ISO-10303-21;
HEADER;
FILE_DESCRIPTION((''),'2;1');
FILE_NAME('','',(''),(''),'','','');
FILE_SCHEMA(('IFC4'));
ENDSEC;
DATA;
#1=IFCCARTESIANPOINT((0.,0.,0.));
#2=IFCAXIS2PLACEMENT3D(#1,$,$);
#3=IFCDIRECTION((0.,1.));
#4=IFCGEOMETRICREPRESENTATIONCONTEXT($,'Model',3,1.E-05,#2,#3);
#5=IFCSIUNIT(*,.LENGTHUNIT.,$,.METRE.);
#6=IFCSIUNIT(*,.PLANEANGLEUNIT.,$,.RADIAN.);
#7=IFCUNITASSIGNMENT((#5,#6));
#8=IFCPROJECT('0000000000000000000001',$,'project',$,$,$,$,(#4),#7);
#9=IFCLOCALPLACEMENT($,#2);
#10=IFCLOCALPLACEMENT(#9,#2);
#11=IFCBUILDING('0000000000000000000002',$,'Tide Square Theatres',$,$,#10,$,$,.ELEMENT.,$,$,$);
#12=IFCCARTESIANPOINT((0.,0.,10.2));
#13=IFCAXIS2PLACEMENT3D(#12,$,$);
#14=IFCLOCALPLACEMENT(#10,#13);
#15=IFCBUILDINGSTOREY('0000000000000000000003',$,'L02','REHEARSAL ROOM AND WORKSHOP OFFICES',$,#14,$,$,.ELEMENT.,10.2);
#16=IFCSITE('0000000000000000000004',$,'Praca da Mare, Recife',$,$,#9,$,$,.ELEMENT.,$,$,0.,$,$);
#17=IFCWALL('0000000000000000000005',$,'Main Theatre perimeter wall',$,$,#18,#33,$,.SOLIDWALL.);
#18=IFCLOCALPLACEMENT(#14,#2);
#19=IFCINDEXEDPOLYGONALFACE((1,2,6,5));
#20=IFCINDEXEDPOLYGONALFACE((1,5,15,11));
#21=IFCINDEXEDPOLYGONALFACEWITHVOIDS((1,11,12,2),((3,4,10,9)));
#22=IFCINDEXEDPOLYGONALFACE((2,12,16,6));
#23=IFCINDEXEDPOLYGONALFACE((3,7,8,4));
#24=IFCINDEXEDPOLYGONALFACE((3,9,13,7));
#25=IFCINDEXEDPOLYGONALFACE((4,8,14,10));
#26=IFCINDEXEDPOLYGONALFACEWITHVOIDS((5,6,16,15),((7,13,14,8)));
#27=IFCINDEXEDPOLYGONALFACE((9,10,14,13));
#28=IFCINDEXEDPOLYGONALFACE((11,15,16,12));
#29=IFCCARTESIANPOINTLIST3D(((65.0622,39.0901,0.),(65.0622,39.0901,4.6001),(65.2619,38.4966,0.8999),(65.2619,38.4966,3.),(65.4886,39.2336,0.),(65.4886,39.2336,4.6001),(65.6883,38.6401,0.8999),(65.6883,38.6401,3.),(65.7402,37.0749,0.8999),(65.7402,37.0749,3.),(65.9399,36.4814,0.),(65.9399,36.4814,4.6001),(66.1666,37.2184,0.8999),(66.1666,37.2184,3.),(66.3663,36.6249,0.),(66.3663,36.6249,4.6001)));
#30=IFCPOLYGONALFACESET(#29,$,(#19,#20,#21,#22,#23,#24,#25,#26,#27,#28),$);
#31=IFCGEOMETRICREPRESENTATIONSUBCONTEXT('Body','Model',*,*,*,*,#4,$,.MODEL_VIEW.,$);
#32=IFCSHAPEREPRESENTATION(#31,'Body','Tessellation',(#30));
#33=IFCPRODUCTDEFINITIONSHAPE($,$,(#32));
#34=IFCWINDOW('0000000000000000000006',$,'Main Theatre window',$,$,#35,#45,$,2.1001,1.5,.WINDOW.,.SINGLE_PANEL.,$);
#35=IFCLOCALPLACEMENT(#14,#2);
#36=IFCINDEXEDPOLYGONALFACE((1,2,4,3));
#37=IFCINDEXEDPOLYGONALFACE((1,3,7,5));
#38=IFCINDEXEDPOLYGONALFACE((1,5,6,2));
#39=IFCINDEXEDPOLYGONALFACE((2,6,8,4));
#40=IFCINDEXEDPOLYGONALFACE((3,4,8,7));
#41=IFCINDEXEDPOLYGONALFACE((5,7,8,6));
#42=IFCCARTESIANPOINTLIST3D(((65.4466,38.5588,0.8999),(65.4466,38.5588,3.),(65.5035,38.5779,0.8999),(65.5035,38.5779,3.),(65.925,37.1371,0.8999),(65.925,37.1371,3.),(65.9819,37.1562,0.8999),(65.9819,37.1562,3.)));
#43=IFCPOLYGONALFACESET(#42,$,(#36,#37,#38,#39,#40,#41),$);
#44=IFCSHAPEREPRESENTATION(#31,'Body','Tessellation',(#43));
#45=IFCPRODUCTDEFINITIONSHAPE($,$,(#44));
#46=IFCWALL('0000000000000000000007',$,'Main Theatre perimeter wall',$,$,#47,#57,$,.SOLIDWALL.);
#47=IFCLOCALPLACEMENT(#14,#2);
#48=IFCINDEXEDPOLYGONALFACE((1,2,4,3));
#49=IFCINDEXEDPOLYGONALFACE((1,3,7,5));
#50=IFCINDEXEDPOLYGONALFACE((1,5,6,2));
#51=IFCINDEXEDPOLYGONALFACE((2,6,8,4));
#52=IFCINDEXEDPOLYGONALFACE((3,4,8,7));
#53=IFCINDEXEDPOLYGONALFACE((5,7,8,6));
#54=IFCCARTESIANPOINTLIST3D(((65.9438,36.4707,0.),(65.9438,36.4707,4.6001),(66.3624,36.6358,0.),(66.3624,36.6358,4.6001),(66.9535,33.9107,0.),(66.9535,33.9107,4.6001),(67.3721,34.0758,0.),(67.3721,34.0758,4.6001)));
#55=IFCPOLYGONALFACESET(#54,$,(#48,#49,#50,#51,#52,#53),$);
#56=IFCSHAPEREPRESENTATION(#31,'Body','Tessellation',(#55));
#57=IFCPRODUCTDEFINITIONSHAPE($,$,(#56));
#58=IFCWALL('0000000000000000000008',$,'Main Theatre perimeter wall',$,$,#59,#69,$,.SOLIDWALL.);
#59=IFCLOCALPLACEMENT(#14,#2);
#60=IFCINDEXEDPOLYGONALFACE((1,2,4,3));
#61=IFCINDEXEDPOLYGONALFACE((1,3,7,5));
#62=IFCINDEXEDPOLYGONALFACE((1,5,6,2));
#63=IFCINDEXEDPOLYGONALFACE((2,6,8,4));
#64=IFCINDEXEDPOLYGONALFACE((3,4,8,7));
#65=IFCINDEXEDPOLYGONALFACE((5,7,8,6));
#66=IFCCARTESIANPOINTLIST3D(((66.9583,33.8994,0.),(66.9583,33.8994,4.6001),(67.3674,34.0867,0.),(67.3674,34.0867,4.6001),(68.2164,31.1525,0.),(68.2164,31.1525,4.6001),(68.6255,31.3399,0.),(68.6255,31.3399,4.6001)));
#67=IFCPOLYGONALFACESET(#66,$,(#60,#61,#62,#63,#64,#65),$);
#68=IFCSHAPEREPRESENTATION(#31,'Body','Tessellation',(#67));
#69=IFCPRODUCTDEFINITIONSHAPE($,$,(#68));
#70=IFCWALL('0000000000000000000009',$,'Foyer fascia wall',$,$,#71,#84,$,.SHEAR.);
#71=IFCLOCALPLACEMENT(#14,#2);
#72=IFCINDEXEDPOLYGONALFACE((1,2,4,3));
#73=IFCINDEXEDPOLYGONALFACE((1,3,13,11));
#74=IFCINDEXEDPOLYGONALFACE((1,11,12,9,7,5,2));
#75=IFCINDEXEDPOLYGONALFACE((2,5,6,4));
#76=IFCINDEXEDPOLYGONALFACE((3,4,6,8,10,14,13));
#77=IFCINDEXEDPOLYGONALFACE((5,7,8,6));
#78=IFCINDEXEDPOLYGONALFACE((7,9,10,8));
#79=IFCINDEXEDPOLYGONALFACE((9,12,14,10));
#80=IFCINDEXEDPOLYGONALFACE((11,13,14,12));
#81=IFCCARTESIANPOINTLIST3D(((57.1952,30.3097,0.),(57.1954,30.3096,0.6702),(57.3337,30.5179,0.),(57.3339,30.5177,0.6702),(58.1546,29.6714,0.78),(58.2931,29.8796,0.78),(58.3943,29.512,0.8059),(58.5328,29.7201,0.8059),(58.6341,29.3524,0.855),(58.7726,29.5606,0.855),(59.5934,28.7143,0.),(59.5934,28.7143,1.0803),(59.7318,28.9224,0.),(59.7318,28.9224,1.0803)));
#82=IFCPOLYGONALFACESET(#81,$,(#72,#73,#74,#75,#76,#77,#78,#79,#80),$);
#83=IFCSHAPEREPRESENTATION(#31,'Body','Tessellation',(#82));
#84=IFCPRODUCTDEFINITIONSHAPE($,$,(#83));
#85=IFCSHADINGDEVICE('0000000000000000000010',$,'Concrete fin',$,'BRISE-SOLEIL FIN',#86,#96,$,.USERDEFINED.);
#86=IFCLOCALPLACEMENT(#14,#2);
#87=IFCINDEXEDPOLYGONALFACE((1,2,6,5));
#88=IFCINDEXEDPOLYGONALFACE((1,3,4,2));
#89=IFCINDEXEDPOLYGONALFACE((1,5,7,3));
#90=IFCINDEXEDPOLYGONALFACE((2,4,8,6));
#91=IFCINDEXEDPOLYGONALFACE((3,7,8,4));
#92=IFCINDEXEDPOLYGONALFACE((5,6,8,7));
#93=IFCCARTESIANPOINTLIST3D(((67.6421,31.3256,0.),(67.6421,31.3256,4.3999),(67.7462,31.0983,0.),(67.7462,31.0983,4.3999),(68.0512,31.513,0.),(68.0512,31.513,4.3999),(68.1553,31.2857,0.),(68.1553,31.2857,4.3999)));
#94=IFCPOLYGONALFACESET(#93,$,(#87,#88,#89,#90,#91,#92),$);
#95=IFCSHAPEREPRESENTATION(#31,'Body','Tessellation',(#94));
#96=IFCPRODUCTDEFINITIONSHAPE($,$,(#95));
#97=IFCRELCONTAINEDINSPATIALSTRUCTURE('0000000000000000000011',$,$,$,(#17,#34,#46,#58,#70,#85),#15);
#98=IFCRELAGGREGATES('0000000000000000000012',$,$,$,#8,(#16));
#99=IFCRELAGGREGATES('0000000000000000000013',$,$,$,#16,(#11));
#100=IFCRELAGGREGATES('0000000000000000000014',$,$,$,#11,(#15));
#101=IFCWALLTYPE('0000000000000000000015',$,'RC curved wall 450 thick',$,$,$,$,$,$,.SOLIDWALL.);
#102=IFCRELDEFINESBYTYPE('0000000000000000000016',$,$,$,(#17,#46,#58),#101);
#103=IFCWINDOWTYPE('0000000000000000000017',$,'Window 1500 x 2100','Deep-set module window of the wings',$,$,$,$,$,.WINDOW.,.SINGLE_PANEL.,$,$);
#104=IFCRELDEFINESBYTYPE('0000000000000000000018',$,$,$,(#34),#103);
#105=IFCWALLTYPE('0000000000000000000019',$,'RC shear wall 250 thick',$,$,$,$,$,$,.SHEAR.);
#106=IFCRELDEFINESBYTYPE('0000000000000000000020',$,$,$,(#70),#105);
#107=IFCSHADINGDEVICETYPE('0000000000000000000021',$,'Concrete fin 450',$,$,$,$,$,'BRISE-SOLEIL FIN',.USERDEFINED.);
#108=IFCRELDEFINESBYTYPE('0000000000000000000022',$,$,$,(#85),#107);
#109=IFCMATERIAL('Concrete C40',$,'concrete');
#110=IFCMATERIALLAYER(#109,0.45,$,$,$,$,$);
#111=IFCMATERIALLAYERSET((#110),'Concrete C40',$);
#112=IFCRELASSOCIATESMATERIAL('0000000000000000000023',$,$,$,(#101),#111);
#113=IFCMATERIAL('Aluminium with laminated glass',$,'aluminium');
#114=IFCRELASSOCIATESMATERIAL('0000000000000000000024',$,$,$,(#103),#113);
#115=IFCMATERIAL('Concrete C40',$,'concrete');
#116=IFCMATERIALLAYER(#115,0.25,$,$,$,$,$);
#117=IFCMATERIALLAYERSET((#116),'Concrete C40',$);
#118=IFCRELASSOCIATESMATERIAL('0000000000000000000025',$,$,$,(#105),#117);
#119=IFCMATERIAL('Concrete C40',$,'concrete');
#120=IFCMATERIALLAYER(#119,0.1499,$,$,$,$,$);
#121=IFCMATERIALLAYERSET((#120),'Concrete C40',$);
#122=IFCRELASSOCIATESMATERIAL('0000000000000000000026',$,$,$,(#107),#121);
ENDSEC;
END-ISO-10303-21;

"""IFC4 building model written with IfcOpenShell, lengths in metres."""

from ifc_helpers import new_model, si_unit, direction, frame, frame_2d, origin, origin_2d, place, context, subcontext, project, spatial, polyline, rectangle, outline, extrude, material, layer, layer_set, type_object, element, fill, save


model = new_model("IFC4")

# Units and contexts
model_context = context("Model", 3, precision=1e-05, world=origin(), true_north=direction((0.0, 1.0)))
body_context = subcontext(model_context, "Body", "Model", "MODEL_VIEW")
ifc_project = project(units=[si_unit("LENGTHUNIT", "METRE"), si_unit("PLANEANGLEUNIT", "RADIAN")], contexts=[model_context])

# Site, building, storey
site_placement = place(None, origin())
site = spatial("IfcSite", under=ifc_project, at=site_placement, Name="Praca da Mare, Recife", CompositionType="ELEMENT", RefElevation=0.0)
building_placement = place(site_placement, origin())
building = spatial("IfcBuilding", under=site, at=building_placement, Name="Tide Square Theatres", CompositionType="ELEMENT")
storey_placement = place(building_placement, frame((0.0, 0.0, 10.2)))
storey = spatial("IfcBuildingStorey", under=building, at=storey_placement, Name="L02", Description="REHEARSAL ROOM AND WORKSHOP OFFICES", CompositionType="ELEMENT", Elevation=10.2)

# Wall, opening, window
ifc_material_1 = material(Name="Concrete C40", Category="concrete")
ifc_layer_1 = layer(ifc_material_1, 0.45)
ifc_layer_set_1 = layer_set([ifc_layer_1], Name="Concrete C40")
wall_type_1 = type_object("IfcWallType", Name="RC curved wall 450 thick", PredefinedType="SOLIDWALL", material=ifc_layer_set_1)
ifc_material_2 = material(Name="Aluminium with laminated glass", Category="aluminium")
window_type = type_object("IfcWindowType", Name="Window 1500 x 2100", Description="Deep-set module window of the wings", PartitioningType="SINGLE_PANEL", PredefinedType="WINDOW", material=ifc_material_2)
wall_1_placement = place(storey_placement, frame((65.2754, 39.1619, 0.0), z_axis=(0.0, 0.0, 1.0), x_axis=(0.318888, -0.947793, 0.0)))
wall_1 = element("IfcWall", 1, at=wall_1_placement, inside=storey, type_object=wall_type_1, Name="Main Theatre perimeter wall", PredefinedType="SOLIDWALL", context=body_context, shape_type="SweptSolid", body=[
    extrude(rectangle(XDim=2.7524, YDim=0.45, at=frame_2d((1.3762, 0.0))), origin(), (0.0, 0.0, 1.0), 4.6001),
])
opening_1_placement = place(wall_1_placement, frame((0.6262, 0.0, 0.8999)))
opening_1 = element("IfcOpeningElement", 2, at=opening_1_placement, cuts=wall_1, PredefinedType="OPENING", context=body_context, shape_type="SweptSolid", body=[
    extrude(rectangle(XDim=1.5, YDim=2.1001, at=frame_2d((0.75, 1.05))), frame((0.0, 0.2349, 0.0), z_axis=(0.0, -1.0, 0.0), x_axis=(1.0, 0.0, 0.0)), (0.0, 0.0, 1.0), 0.47),
])
window_1_placement = place(opening_1_placement, origin())
window_1 = element("IfcWindow", 3, at=window_1_placement, inside=storey, type_object=window_type, Name="Main Theatre window", OverallHeight=2.1001, OverallWidth=1.5, PartitioningType="SINGLE_PANEL", PredefinedType="WINDOW", context=body_context, shape_type="SweptSolid", body=[
    extrude(rectangle(XDim=1.5, YDim=2.1001, at=frame_2d((0.75, 1.05))), frame((0.0, 0.03, 0.0), z_axis=(0.0, -1.0, 0.0), x_axis=(1.0, 0.0, 0.0)), (0.0, 0.0, 1.0), 0.0601),
])
fill(opening_1, window_1)

# Walls
wall_2_placement = place(storey_placement, frame((66.1531, 36.5532, 0.0), z_axis=(0.0, 0.0, 1.0), x_axis=(0.36692, -0.930252, 0.0)))
element("IfcWall", 4, at=wall_2_placement, inside=storey, type_object=wall_type_1, Name="Main Theatre perimeter wall", PredefinedType="SOLIDWALL", context=body_context, shape_type="SweptSolid", body=[
    extrude(rectangle(XDim=2.752, YDim=0.45, at=frame_2d((1.376, 0.0))), origin(), (0.0, 0.0, 1.0), 4.6001),
])
wall_3_placement = place(storey_placement, frame((67.1628, 33.9932, 0.0), z_axis=(0.0, 0.0, 1.0), x_axis=(0.416407, -0.909178, 0.0)))
element("IfcWall", 5, at=wall_3_placement, inside=storey, type_object=wall_type_1, Name="Main Theatre perimeter wall", PredefinedType="SOLIDWALL", context=body_context, shape_type="SweptSolid", body=[
    extrude(rectangle(XDim=3.0212, YDim=0.45, at=frame_2d((1.5107, 0.0))), origin(), (0.0, 0.0, 1.0), 4.6001),
])
ifc_material_3 = material(Name="Concrete C40", Category="concrete")
ifc_layer_2 = layer(ifc_material_3, 0.25)
ifc_layer_set_2 = layer_set([ifc_layer_2], Name="Concrete C40")
wall_type_2 = type_object("IfcWallType", Name="RC shear wall 250 thick", PredefinedType="SHEAR", material=ifc_layer_set_2)
wall_4_placement = place(storey_placement, frame((59.6626, 28.8184, 0.0), z_axis=(0.0, 0.0, 1.0), x_axis=(-0.832585, 0.553898, 0.0)))
element("IfcWall", 6, at=wall_4_placement, inside=storey, type_object=wall_type_2, Name="Foyer fascia wall", PredefinedType="SHEAR", context=body_context, shape_type="SweptSolid", body=[
    extrude(outline(polyline([(0.0, 0.0), (2.8804, 0.0), (2.8801, 0.6702), (1.728, 0.78), (1.4402, 0.8059), (1.1521, 0.855), (0.0, 1.0803), (0.0, 0.0)])), frame((0.0, 0.125, 0.0), z_axis=(0.0, -1.0, 0.0), x_axis=(1.0, 0.0, 0.0)), (0.0, 0.0, 1.0), 0.25),
])

# Shading device
ifc_material_4 = material(Name="Concrete C40", Category="concrete")
ifc_layer_3 = layer(ifc_material_4, 0.1499)
ifc_layer_set_3 = layer_set([ifc_layer_3], Name="Concrete C40")
shading_device_type = type_object("IfcShadingDeviceType", Name="Concrete fin 450", ElementType="BRISE-SOLEIL FIN", PredefinedType="USERDEFINED", material=ifc_layer_set_3)
shading_device_placement = place(storey_placement, frame((67.8987, 31.3057, 0.0), z_axis=(0.0, 0.0, 1.0), x_axis=(0.416344, -0.909207, 0.0)))
element("IfcShadingDevice", 7, at=shading_device_placement, inside=storey, type_object=shading_device_type, Name="Concrete fin", ObjectType="BRISE-SOLEIL FIN", PredefinedType="USERDEFINED", context=body_context, shape_type="SweptSolid", body=[
    extrude(rectangle(XDim=0.25, YDim=0.45, at=origin_2d()), origin(), (0.0, 0.0, 1.0), 4.3999),
])

save(model, "model.ifc")
